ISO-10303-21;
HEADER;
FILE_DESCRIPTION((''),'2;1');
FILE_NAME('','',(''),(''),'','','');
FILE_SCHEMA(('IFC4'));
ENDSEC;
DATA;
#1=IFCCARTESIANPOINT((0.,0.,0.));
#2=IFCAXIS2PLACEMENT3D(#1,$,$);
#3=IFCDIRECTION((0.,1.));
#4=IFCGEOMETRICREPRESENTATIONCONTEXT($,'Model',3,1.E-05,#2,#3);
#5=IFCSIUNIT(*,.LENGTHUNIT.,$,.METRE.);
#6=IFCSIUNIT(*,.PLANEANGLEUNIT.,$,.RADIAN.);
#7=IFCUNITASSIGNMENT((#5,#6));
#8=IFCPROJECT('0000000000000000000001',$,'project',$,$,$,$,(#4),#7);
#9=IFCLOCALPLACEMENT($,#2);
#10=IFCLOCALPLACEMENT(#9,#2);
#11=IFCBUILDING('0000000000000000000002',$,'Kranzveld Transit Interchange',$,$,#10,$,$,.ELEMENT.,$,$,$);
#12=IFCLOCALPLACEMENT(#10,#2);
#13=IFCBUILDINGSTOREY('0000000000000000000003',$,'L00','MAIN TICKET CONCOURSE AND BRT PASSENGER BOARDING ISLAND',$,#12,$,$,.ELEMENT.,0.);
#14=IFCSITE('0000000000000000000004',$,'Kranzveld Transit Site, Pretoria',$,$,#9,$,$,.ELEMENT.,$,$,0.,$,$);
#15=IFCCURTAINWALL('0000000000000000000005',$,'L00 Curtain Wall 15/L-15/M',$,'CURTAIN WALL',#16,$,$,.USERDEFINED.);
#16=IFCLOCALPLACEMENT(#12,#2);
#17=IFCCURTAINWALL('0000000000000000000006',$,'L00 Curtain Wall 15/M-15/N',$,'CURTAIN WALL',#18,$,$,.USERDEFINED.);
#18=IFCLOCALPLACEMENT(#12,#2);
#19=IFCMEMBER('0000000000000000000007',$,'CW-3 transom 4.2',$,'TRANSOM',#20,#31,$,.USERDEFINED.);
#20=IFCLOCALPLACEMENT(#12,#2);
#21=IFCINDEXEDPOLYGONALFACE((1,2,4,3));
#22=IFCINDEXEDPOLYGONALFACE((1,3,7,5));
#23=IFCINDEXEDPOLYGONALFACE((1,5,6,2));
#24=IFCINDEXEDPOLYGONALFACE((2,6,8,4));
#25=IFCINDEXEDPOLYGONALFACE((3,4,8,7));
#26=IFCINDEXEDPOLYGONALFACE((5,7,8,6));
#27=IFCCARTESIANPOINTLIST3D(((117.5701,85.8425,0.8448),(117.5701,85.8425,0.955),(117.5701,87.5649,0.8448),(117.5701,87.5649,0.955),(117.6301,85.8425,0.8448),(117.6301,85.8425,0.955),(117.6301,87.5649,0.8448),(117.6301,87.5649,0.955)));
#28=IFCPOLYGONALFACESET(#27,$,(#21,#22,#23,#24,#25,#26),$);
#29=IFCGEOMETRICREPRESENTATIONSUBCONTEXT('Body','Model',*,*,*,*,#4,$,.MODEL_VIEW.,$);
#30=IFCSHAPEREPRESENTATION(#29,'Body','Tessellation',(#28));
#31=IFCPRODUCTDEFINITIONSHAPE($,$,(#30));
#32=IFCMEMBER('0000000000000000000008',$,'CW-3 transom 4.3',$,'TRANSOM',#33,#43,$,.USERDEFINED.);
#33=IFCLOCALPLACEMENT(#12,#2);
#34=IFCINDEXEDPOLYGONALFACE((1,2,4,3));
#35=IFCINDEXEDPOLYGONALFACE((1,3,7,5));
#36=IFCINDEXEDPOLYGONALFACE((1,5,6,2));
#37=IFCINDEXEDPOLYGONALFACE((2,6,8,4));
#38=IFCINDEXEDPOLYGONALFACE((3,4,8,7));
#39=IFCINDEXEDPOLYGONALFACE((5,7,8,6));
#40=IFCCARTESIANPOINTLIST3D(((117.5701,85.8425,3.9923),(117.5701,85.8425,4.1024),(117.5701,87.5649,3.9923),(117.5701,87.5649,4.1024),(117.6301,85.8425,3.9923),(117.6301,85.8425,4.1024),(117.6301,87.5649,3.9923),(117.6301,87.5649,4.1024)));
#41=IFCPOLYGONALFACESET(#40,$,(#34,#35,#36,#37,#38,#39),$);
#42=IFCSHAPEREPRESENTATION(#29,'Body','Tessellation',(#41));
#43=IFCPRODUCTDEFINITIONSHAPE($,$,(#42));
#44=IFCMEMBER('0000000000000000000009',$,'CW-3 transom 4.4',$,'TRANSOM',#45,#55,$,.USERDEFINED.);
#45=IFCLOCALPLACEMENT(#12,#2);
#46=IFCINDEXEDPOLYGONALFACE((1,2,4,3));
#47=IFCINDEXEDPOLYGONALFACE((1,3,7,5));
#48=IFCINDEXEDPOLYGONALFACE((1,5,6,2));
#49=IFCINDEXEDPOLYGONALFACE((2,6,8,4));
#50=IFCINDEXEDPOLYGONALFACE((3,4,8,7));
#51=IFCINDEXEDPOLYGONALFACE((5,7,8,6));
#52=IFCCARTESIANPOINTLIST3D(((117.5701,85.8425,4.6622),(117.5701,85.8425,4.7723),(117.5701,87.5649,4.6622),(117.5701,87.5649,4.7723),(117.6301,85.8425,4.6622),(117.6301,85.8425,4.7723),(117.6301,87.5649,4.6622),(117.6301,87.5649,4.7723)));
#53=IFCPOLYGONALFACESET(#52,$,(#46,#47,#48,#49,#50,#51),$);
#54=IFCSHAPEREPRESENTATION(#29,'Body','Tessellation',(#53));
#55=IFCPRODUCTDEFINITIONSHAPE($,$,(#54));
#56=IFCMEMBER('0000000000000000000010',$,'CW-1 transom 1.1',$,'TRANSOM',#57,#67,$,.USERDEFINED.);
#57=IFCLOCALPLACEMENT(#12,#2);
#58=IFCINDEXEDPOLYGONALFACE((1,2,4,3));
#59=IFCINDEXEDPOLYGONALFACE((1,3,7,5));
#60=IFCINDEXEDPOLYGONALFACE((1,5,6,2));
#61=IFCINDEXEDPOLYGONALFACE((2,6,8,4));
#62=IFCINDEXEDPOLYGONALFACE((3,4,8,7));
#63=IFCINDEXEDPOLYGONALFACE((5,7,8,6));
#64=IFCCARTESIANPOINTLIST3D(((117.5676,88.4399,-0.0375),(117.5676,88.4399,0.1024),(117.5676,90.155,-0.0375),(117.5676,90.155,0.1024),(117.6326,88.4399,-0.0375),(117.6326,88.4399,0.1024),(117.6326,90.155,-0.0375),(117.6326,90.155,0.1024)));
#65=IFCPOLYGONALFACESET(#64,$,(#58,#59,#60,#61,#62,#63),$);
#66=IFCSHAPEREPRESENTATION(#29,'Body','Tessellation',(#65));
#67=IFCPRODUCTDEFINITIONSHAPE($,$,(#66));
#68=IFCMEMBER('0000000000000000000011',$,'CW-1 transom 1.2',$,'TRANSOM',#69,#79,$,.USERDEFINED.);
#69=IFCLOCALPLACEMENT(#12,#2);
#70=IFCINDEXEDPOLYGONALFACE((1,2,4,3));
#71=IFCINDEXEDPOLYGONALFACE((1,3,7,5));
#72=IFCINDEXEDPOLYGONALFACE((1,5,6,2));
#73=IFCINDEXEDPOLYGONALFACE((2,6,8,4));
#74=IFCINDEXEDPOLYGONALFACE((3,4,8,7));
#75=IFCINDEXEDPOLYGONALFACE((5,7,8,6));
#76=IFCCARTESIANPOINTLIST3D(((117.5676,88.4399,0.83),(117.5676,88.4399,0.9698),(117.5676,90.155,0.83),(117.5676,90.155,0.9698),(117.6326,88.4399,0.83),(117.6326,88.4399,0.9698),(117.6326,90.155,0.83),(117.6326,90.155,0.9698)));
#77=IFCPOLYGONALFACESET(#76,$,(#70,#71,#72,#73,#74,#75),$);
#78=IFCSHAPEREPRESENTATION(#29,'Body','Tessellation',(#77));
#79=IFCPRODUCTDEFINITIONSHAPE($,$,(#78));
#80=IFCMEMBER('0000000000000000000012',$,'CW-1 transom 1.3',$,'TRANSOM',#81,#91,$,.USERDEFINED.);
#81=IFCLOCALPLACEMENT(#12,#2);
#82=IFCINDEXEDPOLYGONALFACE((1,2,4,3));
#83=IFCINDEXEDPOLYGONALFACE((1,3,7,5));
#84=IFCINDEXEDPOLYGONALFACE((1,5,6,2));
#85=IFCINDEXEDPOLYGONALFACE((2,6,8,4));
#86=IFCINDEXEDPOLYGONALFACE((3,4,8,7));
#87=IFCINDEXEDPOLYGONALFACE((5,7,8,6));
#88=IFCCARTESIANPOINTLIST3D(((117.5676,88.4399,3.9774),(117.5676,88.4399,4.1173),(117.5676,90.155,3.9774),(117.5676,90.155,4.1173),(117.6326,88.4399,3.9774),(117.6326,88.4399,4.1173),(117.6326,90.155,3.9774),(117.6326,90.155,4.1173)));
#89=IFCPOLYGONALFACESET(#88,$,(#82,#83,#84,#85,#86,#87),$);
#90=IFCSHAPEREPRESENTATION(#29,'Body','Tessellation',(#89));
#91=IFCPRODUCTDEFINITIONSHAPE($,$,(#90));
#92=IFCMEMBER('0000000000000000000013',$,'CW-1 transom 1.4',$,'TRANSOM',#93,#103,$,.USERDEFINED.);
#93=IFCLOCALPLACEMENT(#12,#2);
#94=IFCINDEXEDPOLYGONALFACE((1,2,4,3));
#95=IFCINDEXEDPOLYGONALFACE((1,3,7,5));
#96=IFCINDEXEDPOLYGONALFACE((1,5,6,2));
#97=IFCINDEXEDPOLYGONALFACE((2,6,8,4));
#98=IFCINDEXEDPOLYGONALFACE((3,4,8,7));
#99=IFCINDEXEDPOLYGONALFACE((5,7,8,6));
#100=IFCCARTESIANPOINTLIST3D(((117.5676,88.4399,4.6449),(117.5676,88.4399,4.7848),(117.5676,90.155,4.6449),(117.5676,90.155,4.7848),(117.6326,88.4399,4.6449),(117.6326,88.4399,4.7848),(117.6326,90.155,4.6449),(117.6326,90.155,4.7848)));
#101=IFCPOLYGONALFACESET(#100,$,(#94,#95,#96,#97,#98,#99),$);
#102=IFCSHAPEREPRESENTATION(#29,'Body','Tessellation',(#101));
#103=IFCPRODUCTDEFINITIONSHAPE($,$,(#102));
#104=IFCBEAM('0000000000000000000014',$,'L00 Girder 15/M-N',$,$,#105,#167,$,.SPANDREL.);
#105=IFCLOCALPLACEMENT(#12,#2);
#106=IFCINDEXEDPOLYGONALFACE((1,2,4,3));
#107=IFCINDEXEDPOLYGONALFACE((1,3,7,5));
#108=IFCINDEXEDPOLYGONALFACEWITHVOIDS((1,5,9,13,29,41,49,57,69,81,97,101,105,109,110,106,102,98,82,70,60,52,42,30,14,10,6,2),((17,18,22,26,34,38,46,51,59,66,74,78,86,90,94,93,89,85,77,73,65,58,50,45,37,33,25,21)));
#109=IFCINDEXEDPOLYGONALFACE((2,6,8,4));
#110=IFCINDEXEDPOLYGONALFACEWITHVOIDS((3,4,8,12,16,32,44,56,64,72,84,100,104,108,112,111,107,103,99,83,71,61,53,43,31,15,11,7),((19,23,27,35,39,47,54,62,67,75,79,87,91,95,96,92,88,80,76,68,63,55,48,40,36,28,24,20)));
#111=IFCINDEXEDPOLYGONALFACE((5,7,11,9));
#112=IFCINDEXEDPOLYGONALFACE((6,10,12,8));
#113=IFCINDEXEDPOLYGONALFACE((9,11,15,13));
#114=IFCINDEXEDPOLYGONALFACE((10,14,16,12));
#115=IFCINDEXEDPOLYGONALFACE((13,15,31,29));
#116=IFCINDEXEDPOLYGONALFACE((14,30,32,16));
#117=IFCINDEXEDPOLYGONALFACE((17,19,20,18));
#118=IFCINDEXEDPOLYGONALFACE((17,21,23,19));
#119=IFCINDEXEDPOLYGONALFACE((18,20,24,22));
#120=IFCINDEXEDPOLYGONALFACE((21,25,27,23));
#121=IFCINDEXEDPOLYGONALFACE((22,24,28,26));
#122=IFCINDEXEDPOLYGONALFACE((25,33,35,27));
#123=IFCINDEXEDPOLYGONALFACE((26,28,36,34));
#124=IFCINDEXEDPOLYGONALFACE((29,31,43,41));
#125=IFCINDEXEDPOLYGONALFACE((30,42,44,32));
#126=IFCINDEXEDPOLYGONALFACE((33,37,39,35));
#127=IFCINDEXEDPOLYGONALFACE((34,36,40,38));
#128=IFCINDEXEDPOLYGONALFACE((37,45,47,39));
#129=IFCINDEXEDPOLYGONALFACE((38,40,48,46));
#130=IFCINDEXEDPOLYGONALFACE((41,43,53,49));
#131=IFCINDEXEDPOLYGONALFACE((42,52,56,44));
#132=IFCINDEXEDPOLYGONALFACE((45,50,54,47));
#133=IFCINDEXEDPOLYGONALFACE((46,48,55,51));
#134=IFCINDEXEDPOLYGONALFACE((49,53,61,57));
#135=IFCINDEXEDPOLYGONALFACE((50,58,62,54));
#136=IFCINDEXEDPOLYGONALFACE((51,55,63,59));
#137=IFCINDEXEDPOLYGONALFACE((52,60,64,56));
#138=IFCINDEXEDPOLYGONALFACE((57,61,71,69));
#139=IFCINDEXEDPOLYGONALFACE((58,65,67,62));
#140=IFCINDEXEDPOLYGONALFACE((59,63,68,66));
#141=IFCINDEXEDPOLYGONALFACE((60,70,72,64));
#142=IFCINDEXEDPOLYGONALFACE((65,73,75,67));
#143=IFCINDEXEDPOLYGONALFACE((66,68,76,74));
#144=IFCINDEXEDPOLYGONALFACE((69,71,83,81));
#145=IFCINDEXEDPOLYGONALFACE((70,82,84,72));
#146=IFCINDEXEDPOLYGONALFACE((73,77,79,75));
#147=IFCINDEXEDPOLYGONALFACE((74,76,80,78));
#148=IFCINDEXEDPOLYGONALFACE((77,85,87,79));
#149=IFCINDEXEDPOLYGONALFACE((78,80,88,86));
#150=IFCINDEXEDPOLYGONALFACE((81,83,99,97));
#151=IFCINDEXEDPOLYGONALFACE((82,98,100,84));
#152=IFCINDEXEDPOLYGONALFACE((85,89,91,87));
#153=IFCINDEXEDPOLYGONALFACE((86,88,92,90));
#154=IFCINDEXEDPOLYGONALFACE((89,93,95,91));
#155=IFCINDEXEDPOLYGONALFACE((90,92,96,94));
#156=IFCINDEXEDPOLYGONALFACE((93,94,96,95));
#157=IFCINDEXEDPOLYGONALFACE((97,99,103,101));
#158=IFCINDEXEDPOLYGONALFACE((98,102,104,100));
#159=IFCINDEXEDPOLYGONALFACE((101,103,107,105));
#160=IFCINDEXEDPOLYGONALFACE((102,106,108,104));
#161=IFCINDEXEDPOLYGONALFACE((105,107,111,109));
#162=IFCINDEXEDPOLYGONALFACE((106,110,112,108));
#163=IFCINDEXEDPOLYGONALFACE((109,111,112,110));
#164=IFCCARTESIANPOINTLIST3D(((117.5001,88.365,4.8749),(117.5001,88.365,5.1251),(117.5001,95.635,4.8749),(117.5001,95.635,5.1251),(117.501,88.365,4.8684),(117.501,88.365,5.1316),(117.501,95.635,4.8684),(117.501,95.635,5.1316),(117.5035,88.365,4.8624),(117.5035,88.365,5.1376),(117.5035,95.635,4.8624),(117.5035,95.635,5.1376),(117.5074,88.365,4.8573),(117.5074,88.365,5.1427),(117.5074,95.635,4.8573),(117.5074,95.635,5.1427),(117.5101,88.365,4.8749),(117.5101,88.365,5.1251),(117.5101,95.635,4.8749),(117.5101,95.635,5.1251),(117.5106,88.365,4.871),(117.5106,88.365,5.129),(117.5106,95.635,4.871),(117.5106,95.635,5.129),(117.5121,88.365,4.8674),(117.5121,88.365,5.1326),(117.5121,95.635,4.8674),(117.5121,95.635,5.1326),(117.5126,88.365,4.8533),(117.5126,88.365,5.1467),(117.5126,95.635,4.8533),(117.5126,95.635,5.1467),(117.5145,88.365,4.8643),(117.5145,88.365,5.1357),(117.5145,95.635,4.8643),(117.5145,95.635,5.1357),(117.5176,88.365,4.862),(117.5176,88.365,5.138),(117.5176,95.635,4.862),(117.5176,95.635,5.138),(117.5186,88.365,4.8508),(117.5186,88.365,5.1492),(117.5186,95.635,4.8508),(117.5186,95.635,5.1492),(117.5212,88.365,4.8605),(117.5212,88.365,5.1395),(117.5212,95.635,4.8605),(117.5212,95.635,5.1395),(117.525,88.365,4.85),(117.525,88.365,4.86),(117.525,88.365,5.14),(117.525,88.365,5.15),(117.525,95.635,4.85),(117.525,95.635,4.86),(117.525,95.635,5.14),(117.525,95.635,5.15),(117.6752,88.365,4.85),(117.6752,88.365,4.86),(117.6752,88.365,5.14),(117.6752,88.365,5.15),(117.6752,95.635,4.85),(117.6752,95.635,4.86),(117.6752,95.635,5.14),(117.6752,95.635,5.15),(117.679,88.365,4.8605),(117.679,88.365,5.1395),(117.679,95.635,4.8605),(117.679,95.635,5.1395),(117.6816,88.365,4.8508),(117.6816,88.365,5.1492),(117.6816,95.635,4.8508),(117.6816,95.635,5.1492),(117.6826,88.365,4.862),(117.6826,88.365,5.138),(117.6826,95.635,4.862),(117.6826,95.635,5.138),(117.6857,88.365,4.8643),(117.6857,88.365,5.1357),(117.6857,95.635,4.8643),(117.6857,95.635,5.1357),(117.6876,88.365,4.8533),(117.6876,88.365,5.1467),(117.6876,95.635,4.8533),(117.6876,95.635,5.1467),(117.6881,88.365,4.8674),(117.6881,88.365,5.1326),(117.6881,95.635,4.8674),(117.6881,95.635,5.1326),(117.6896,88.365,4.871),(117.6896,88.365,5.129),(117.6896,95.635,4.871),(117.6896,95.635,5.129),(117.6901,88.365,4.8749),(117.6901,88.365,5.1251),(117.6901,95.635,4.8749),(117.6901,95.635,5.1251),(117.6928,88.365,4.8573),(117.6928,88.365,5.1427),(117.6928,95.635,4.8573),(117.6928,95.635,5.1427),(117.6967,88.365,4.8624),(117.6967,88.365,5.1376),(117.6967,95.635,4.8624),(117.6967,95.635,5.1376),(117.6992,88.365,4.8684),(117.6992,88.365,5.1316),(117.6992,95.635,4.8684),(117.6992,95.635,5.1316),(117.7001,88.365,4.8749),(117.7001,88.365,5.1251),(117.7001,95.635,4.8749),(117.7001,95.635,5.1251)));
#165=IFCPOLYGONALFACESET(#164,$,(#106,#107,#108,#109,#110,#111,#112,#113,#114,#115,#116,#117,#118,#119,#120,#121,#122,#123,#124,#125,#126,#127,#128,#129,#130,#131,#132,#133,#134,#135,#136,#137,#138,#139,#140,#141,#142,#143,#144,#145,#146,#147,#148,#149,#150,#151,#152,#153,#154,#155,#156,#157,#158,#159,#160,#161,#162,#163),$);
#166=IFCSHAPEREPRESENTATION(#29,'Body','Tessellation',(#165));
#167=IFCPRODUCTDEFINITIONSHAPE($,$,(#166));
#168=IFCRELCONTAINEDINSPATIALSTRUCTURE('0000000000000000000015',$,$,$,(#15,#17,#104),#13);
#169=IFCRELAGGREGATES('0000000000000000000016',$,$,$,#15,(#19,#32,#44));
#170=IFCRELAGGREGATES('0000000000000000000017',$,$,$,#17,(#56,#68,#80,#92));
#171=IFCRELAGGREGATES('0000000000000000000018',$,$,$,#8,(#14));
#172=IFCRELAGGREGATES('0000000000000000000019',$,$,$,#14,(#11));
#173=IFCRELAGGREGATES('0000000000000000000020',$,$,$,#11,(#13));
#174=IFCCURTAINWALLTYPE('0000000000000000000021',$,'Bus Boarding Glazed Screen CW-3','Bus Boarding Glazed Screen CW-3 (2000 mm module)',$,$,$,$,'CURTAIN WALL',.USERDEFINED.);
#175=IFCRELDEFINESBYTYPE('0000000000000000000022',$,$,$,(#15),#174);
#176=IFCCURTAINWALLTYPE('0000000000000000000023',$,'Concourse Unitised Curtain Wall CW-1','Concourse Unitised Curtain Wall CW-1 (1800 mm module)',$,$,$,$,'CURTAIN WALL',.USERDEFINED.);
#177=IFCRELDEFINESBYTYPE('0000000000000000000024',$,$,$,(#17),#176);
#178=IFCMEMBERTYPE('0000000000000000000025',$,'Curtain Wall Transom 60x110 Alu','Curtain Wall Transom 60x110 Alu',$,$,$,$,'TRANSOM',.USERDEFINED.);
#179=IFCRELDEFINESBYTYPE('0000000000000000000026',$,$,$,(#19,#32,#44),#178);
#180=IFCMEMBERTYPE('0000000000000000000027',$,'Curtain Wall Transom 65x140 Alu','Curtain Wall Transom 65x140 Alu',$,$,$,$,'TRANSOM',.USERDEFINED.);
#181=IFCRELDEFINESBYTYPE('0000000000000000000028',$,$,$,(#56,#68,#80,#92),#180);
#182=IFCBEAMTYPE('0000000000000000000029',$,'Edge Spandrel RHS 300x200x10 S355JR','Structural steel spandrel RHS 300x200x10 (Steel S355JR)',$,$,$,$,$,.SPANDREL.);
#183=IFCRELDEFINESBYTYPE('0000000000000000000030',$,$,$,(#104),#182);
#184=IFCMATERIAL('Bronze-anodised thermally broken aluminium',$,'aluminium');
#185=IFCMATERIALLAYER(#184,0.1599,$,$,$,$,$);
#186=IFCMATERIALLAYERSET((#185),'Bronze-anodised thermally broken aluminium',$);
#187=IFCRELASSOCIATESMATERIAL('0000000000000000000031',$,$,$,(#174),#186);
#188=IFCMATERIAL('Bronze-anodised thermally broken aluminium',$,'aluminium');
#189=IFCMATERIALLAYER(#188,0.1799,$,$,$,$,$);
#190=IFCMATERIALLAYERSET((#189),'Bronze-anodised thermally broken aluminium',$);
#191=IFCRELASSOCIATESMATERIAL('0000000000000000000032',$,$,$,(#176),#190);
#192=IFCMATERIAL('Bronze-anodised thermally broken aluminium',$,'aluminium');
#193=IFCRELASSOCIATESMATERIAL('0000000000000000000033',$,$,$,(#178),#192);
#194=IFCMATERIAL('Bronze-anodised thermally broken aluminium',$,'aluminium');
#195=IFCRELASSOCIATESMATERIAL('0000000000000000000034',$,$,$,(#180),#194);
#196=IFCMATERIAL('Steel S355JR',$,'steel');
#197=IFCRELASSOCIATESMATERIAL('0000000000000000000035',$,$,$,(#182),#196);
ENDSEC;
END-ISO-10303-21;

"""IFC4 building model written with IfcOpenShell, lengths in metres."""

from ifc_helpers import new_model, si_unit, direction, frame, origin, origin_2d, place, context, subcontext, project, spatial, rectangle, hollow_rectangle, extrude, material, layer, layer_set, material_profile, profile_set, type_object, element, aggregate, save


model = new_model("IFC4")

# Units and contexts
model_context = context("Model", 3, precision=1e-05, world=origin(), true_north=direction((0.0, 1.0)))
body_context = subcontext(model_context, "Body", "Model", "MODEL_VIEW")
ifc_project = project(units=[si_unit("LENGTHUNIT", "METRE"), si_unit("PLANEANGLEUNIT", "RADIAN")], contexts=[model_context])

# Site, building, storey
site_placement = place(None, origin())
site = spatial("IfcSite", under=ifc_project, at=site_placement, Name="Kranzveld Transit Site, Pretoria", CompositionType="ELEMENT", RefElevation=0.0)
building_placement = place(site_placement, origin())
building = spatial("IfcBuilding", under=site, at=building_placement, Name="Kranzveld Transit Interchange", CompositionType="ELEMENT")
storey_placement = place(building_placement, origin())
storey = spatial("IfcBuildingStorey", under=building, at=storey_placement, Name="L00", Description="MAIN TICKET CONCOURSE AND BRT PASSENGER BOARDING ISLAND", CompositionType="ELEMENT", Elevation=0.0)

# Curtain wall
ifc_material_1 = material(Name="Bronze-anodised thermally broken aluminium", Category="aluminium")
ifc_layer_1 = layer(ifc_material_1, 0.1599)
ifc_layer_set_1 = layer_set([ifc_layer_1], Name="Bronze-anodised thermally broken aluminium")
curtain_wall_type_1 = type_object("IfcCurtainWallType", Name="Bus Boarding Glazed Screen CW-3", Description="Bus Boarding Glazed Screen CW-3 (2000 mm module)", ElementType="CURTAIN WALL", PredefinedType="USERDEFINED", material=ifc_layer_set_1)
curtain_wall_1_placement = place(storey_placement, origin())
curtain_wall_1 = element("IfcCurtainWall", 1, at=curtain_wall_1_placement, inside=storey, type_object=curtain_wall_type_1, Name="L00 Curtain Wall 15/L-15/M", ObjectType="CURTAIN WALL", PredefinedType="USERDEFINED")

# Curtain wall
ifc_material_2 = material(Name="Bronze-anodised thermally broken aluminium", Category="aluminium")
ifc_layer_2 = layer(ifc_material_2, 0.1799)
ifc_layer_set_2 = layer_set([ifc_layer_2], Name="Bronze-anodised thermally broken aluminium")
curtain_wall_type_2 = type_object("IfcCurtainWallType", Name="Concourse Unitised Curtain Wall CW-1", Description="Concourse Unitised Curtain Wall CW-1 (1800 mm module)", ElementType="CURTAIN WALL", PredefinedType="USERDEFINED", material=ifc_layer_set_2)
curtain_wall_2_placement = place(storey_placement, origin())
curtain_wall_2 = element("IfcCurtainWall", 2, at=curtain_wall_2_placement, inside=storey, type_object=curtain_wall_type_2, Name="L00 Curtain Wall 15/M-15/N", ObjectType="CURTAIN WALL", PredefinedType="USERDEFINED")

# Members
ifc_material_3 = material(Name="Bronze-anodised thermally broken aluminium", Category="aluminium")
ifc_material_profile_1 = material_profile(ifc_material_3, rectangle(XDim=0.0601, YDim=0.1101, at=origin_2d()), Name="ALU TRANSOM 60x110")
ifc_profile_set_1 = profile_set([ifc_material_profile_1], Name="Bronze-anodised thermally broken aluminium")
member_type_1 = type_object("IfcMemberType", Name="Curtain Wall Transom 60x110 Alu", Description="Curtain Wall Transom 60x110 Alu", ElementType="TRANSOM", PredefinedType="USERDEFINED", material=ifc_profile_set_1)
member_1_placement = place(storey_placement, frame((117.6001, 85.8425, 0.8999), z_axis=(0.0, 1.0, 0.0), x_axis=(-1.0, 0.0, 0.0)))
member_1 = element("IfcMember", 3, at=member_1_placement, type_object=member_type_1, Name="CW-3 transom 4.2", ObjectType="TRANSOM", PredefinedType="USERDEFINED", context=body_context, shape_type="SweptSolid", body=[
    extrude(rectangle(XDim=0.0601, YDim=0.1101, at=origin_2d()), origin(), (0.0, 0.0, 1.0), 1.7224),
])
member_2_placement = place(storey_placement, frame((117.6001, 85.8425, 4.0474), z_axis=(0.0, 1.0, 0.0), x_axis=(-1.0, 0.0, 0.0)))
member_2 = element("IfcMember", 4, at=member_2_placement, type_object=member_type_1, Name="CW-3 transom 4.3", ObjectType="TRANSOM", PredefinedType="USERDEFINED", context=body_context, shape_type="SweptSolid", body=[
    extrude(rectangle(XDim=0.0601, YDim=0.1101, at=origin_2d()), origin(), (0.0, 0.0, 1.0), 1.7224),
])
member_3_placement = place(storey_placement, frame((117.6001, 85.8425, 4.7173), z_axis=(0.0, 1.0, 0.0), x_axis=(-1.0, 0.0, 0.0)))
member_3 = element("IfcMember", 5, at=member_3_placement, type_object=member_type_1, Name="CW-3 transom 4.4", ObjectType="TRANSOM", PredefinedType="USERDEFINED", context=body_context, shape_type="SweptSolid", body=[
    extrude(rectangle(XDim=0.0601, YDim=0.1101, at=origin_2d()), origin(), (0.0, 0.0, 1.0), 1.7224),
])
ifc_material_4 = material(Name="Bronze-anodised thermally broken aluminium", Category="aluminium")
ifc_material_profile_2 = material_profile(ifc_material_4, rectangle(XDim=0.0649, YDim=0.1399, at=origin_2d()), Name="ALU TRANSOM 65x140")
ifc_profile_set_2 = profile_set([ifc_material_profile_2], Name="Bronze-anodised thermally broken aluminium")
member_type_2 = type_object("IfcMemberType", Name="Curtain Wall Transom 65x140 Alu", Description="Curtain Wall Transom 65x140 Alu", ElementType="TRANSOM", PredefinedType="USERDEFINED", material=ifc_profile_set_2)
member_4_placement = place(storey_placement, frame((117.6001, 88.4399, 0.0325), z_axis=(0.0, 1.0, 0.0), x_axis=(-1.0, 0.0, 0.0)))
member_4 = element("IfcMember", 6, at=member_4_placement, type_object=member_type_2, Name="CW-1 transom 1.1", ObjectType="TRANSOM", PredefinedType="USERDEFINED", context=body_context, shape_type="SweptSolid", body=[
    extrude(rectangle(XDim=0.0649, YDim=0.1399, at=origin_2d()), origin(), (0.0, 0.0, 1.0), 1.7151),
])
member_5_placement = place(storey_placement, frame((117.6001, 88.4399, 0.8999), z_axis=(0.0, 1.0, 0.0), x_axis=(-1.0, 0.0, 0.0)))
member_5 = element("IfcMember", 7, at=member_5_placement, type_object=member_type_2, Name="CW-1 transom 1.2", ObjectType="TRANSOM", PredefinedType="USERDEFINED", context=body_context, shape_type="SweptSolid", body=[
    extrude(rectangle(XDim=0.0649, YDim=0.1399, at=origin_2d()), origin(), (0.0, 0.0, 1.0), 1.7151),
])
member_6_placement = place(storey_placement, frame((117.6001, 88.4399, 4.0474), z_axis=(0.0, 1.0, 0.0), x_axis=(-1.0, 0.0, 0.0)))
member_6 = element("IfcMember", 8, at=member_6_placement, type_object=member_type_2, Name="CW-1 transom 1.3", ObjectType="TRANSOM", PredefinedType="USERDEFINED", context=body_context, shape_type="SweptSolid", body=[
    extrude(rectangle(XDim=0.0649, YDim=0.1399, at=origin_2d()), origin(), (0.0, 0.0, 1.0), 1.7151),
])
member_7_placement = place(storey_placement, frame((117.6001, 88.4399, 4.7148), z_axis=(0.0, 1.0, 0.0), x_axis=(-1.0, 0.0, 0.0)))
member_7 = element("IfcMember", 9, at=member_7_placement, type_object=member_type_2, Name="CW-1 transom 1.4", ObjectType="TRANSOM", PredefinedType="USERDEFINED", context=body_context, shape_type="SweptSolid", body=[
    extrude(rectangle(XDim=0.0649, YDim=0.1399, at=origin_2d()), origin(), (0.0, 0.0, 1.0), 1.7151),
])

# Beam
ifc_material_5 = material(Name="Steel S355JR", Category="steel")
ifc_material_profile_3 = material_profile(ifc_material_5, hollow_rectangle(XDim=0.2, YDim=0.3, WallThickness=0.01, InnerFilletRadius=0.0149, OuterFilletRadius=0.0249, at=origin_2d()), Name="RHS 300x200x10")
ifc_profile_set_3 = profile_set([ifc_material_profile_3], Name="Steel S355JR")
beam_type_1 = type_object("IfcBeamType", Name="Edge Spandrel RHS 300x200x10 S355JR", Description="Structural steel spandrel RHS 300x200x10 (Steel S355JR)", PredefinedType="SPANDREL", material=ifc_profile_set_3)
beam_placement = place(storey_placement, frame((117.6001, 88.365, 5.0), z_axis=(0.0, 1.0, 0.0), x_axis=(-1.0, 0.0, 0.0)))
element("IfcBeam", 10, at=beam_placement, inside=storey, type_object=beam_type_1, Name="L00 Girder 15/M-N", PredefinedType="SPANDREL", context=body_context, shape_type="SweptSolid", body=[
    extrude(hollow_rectangle(XDim=0.2, YDim=0.3, WallThickness=0.01, InnerFilletRadius=0.0149, OuterFilletRadius=0.0249, at=origin_2d()), origin(), (0.0, 0.0, 1.0), 7.27),
])

aggregate(curtain_wall_1, [member_1, member_2, member_3])
aggregate(curtain_wall_2, [member_4, member_5, member_6, member_7])

save(model, "model.ifc")
